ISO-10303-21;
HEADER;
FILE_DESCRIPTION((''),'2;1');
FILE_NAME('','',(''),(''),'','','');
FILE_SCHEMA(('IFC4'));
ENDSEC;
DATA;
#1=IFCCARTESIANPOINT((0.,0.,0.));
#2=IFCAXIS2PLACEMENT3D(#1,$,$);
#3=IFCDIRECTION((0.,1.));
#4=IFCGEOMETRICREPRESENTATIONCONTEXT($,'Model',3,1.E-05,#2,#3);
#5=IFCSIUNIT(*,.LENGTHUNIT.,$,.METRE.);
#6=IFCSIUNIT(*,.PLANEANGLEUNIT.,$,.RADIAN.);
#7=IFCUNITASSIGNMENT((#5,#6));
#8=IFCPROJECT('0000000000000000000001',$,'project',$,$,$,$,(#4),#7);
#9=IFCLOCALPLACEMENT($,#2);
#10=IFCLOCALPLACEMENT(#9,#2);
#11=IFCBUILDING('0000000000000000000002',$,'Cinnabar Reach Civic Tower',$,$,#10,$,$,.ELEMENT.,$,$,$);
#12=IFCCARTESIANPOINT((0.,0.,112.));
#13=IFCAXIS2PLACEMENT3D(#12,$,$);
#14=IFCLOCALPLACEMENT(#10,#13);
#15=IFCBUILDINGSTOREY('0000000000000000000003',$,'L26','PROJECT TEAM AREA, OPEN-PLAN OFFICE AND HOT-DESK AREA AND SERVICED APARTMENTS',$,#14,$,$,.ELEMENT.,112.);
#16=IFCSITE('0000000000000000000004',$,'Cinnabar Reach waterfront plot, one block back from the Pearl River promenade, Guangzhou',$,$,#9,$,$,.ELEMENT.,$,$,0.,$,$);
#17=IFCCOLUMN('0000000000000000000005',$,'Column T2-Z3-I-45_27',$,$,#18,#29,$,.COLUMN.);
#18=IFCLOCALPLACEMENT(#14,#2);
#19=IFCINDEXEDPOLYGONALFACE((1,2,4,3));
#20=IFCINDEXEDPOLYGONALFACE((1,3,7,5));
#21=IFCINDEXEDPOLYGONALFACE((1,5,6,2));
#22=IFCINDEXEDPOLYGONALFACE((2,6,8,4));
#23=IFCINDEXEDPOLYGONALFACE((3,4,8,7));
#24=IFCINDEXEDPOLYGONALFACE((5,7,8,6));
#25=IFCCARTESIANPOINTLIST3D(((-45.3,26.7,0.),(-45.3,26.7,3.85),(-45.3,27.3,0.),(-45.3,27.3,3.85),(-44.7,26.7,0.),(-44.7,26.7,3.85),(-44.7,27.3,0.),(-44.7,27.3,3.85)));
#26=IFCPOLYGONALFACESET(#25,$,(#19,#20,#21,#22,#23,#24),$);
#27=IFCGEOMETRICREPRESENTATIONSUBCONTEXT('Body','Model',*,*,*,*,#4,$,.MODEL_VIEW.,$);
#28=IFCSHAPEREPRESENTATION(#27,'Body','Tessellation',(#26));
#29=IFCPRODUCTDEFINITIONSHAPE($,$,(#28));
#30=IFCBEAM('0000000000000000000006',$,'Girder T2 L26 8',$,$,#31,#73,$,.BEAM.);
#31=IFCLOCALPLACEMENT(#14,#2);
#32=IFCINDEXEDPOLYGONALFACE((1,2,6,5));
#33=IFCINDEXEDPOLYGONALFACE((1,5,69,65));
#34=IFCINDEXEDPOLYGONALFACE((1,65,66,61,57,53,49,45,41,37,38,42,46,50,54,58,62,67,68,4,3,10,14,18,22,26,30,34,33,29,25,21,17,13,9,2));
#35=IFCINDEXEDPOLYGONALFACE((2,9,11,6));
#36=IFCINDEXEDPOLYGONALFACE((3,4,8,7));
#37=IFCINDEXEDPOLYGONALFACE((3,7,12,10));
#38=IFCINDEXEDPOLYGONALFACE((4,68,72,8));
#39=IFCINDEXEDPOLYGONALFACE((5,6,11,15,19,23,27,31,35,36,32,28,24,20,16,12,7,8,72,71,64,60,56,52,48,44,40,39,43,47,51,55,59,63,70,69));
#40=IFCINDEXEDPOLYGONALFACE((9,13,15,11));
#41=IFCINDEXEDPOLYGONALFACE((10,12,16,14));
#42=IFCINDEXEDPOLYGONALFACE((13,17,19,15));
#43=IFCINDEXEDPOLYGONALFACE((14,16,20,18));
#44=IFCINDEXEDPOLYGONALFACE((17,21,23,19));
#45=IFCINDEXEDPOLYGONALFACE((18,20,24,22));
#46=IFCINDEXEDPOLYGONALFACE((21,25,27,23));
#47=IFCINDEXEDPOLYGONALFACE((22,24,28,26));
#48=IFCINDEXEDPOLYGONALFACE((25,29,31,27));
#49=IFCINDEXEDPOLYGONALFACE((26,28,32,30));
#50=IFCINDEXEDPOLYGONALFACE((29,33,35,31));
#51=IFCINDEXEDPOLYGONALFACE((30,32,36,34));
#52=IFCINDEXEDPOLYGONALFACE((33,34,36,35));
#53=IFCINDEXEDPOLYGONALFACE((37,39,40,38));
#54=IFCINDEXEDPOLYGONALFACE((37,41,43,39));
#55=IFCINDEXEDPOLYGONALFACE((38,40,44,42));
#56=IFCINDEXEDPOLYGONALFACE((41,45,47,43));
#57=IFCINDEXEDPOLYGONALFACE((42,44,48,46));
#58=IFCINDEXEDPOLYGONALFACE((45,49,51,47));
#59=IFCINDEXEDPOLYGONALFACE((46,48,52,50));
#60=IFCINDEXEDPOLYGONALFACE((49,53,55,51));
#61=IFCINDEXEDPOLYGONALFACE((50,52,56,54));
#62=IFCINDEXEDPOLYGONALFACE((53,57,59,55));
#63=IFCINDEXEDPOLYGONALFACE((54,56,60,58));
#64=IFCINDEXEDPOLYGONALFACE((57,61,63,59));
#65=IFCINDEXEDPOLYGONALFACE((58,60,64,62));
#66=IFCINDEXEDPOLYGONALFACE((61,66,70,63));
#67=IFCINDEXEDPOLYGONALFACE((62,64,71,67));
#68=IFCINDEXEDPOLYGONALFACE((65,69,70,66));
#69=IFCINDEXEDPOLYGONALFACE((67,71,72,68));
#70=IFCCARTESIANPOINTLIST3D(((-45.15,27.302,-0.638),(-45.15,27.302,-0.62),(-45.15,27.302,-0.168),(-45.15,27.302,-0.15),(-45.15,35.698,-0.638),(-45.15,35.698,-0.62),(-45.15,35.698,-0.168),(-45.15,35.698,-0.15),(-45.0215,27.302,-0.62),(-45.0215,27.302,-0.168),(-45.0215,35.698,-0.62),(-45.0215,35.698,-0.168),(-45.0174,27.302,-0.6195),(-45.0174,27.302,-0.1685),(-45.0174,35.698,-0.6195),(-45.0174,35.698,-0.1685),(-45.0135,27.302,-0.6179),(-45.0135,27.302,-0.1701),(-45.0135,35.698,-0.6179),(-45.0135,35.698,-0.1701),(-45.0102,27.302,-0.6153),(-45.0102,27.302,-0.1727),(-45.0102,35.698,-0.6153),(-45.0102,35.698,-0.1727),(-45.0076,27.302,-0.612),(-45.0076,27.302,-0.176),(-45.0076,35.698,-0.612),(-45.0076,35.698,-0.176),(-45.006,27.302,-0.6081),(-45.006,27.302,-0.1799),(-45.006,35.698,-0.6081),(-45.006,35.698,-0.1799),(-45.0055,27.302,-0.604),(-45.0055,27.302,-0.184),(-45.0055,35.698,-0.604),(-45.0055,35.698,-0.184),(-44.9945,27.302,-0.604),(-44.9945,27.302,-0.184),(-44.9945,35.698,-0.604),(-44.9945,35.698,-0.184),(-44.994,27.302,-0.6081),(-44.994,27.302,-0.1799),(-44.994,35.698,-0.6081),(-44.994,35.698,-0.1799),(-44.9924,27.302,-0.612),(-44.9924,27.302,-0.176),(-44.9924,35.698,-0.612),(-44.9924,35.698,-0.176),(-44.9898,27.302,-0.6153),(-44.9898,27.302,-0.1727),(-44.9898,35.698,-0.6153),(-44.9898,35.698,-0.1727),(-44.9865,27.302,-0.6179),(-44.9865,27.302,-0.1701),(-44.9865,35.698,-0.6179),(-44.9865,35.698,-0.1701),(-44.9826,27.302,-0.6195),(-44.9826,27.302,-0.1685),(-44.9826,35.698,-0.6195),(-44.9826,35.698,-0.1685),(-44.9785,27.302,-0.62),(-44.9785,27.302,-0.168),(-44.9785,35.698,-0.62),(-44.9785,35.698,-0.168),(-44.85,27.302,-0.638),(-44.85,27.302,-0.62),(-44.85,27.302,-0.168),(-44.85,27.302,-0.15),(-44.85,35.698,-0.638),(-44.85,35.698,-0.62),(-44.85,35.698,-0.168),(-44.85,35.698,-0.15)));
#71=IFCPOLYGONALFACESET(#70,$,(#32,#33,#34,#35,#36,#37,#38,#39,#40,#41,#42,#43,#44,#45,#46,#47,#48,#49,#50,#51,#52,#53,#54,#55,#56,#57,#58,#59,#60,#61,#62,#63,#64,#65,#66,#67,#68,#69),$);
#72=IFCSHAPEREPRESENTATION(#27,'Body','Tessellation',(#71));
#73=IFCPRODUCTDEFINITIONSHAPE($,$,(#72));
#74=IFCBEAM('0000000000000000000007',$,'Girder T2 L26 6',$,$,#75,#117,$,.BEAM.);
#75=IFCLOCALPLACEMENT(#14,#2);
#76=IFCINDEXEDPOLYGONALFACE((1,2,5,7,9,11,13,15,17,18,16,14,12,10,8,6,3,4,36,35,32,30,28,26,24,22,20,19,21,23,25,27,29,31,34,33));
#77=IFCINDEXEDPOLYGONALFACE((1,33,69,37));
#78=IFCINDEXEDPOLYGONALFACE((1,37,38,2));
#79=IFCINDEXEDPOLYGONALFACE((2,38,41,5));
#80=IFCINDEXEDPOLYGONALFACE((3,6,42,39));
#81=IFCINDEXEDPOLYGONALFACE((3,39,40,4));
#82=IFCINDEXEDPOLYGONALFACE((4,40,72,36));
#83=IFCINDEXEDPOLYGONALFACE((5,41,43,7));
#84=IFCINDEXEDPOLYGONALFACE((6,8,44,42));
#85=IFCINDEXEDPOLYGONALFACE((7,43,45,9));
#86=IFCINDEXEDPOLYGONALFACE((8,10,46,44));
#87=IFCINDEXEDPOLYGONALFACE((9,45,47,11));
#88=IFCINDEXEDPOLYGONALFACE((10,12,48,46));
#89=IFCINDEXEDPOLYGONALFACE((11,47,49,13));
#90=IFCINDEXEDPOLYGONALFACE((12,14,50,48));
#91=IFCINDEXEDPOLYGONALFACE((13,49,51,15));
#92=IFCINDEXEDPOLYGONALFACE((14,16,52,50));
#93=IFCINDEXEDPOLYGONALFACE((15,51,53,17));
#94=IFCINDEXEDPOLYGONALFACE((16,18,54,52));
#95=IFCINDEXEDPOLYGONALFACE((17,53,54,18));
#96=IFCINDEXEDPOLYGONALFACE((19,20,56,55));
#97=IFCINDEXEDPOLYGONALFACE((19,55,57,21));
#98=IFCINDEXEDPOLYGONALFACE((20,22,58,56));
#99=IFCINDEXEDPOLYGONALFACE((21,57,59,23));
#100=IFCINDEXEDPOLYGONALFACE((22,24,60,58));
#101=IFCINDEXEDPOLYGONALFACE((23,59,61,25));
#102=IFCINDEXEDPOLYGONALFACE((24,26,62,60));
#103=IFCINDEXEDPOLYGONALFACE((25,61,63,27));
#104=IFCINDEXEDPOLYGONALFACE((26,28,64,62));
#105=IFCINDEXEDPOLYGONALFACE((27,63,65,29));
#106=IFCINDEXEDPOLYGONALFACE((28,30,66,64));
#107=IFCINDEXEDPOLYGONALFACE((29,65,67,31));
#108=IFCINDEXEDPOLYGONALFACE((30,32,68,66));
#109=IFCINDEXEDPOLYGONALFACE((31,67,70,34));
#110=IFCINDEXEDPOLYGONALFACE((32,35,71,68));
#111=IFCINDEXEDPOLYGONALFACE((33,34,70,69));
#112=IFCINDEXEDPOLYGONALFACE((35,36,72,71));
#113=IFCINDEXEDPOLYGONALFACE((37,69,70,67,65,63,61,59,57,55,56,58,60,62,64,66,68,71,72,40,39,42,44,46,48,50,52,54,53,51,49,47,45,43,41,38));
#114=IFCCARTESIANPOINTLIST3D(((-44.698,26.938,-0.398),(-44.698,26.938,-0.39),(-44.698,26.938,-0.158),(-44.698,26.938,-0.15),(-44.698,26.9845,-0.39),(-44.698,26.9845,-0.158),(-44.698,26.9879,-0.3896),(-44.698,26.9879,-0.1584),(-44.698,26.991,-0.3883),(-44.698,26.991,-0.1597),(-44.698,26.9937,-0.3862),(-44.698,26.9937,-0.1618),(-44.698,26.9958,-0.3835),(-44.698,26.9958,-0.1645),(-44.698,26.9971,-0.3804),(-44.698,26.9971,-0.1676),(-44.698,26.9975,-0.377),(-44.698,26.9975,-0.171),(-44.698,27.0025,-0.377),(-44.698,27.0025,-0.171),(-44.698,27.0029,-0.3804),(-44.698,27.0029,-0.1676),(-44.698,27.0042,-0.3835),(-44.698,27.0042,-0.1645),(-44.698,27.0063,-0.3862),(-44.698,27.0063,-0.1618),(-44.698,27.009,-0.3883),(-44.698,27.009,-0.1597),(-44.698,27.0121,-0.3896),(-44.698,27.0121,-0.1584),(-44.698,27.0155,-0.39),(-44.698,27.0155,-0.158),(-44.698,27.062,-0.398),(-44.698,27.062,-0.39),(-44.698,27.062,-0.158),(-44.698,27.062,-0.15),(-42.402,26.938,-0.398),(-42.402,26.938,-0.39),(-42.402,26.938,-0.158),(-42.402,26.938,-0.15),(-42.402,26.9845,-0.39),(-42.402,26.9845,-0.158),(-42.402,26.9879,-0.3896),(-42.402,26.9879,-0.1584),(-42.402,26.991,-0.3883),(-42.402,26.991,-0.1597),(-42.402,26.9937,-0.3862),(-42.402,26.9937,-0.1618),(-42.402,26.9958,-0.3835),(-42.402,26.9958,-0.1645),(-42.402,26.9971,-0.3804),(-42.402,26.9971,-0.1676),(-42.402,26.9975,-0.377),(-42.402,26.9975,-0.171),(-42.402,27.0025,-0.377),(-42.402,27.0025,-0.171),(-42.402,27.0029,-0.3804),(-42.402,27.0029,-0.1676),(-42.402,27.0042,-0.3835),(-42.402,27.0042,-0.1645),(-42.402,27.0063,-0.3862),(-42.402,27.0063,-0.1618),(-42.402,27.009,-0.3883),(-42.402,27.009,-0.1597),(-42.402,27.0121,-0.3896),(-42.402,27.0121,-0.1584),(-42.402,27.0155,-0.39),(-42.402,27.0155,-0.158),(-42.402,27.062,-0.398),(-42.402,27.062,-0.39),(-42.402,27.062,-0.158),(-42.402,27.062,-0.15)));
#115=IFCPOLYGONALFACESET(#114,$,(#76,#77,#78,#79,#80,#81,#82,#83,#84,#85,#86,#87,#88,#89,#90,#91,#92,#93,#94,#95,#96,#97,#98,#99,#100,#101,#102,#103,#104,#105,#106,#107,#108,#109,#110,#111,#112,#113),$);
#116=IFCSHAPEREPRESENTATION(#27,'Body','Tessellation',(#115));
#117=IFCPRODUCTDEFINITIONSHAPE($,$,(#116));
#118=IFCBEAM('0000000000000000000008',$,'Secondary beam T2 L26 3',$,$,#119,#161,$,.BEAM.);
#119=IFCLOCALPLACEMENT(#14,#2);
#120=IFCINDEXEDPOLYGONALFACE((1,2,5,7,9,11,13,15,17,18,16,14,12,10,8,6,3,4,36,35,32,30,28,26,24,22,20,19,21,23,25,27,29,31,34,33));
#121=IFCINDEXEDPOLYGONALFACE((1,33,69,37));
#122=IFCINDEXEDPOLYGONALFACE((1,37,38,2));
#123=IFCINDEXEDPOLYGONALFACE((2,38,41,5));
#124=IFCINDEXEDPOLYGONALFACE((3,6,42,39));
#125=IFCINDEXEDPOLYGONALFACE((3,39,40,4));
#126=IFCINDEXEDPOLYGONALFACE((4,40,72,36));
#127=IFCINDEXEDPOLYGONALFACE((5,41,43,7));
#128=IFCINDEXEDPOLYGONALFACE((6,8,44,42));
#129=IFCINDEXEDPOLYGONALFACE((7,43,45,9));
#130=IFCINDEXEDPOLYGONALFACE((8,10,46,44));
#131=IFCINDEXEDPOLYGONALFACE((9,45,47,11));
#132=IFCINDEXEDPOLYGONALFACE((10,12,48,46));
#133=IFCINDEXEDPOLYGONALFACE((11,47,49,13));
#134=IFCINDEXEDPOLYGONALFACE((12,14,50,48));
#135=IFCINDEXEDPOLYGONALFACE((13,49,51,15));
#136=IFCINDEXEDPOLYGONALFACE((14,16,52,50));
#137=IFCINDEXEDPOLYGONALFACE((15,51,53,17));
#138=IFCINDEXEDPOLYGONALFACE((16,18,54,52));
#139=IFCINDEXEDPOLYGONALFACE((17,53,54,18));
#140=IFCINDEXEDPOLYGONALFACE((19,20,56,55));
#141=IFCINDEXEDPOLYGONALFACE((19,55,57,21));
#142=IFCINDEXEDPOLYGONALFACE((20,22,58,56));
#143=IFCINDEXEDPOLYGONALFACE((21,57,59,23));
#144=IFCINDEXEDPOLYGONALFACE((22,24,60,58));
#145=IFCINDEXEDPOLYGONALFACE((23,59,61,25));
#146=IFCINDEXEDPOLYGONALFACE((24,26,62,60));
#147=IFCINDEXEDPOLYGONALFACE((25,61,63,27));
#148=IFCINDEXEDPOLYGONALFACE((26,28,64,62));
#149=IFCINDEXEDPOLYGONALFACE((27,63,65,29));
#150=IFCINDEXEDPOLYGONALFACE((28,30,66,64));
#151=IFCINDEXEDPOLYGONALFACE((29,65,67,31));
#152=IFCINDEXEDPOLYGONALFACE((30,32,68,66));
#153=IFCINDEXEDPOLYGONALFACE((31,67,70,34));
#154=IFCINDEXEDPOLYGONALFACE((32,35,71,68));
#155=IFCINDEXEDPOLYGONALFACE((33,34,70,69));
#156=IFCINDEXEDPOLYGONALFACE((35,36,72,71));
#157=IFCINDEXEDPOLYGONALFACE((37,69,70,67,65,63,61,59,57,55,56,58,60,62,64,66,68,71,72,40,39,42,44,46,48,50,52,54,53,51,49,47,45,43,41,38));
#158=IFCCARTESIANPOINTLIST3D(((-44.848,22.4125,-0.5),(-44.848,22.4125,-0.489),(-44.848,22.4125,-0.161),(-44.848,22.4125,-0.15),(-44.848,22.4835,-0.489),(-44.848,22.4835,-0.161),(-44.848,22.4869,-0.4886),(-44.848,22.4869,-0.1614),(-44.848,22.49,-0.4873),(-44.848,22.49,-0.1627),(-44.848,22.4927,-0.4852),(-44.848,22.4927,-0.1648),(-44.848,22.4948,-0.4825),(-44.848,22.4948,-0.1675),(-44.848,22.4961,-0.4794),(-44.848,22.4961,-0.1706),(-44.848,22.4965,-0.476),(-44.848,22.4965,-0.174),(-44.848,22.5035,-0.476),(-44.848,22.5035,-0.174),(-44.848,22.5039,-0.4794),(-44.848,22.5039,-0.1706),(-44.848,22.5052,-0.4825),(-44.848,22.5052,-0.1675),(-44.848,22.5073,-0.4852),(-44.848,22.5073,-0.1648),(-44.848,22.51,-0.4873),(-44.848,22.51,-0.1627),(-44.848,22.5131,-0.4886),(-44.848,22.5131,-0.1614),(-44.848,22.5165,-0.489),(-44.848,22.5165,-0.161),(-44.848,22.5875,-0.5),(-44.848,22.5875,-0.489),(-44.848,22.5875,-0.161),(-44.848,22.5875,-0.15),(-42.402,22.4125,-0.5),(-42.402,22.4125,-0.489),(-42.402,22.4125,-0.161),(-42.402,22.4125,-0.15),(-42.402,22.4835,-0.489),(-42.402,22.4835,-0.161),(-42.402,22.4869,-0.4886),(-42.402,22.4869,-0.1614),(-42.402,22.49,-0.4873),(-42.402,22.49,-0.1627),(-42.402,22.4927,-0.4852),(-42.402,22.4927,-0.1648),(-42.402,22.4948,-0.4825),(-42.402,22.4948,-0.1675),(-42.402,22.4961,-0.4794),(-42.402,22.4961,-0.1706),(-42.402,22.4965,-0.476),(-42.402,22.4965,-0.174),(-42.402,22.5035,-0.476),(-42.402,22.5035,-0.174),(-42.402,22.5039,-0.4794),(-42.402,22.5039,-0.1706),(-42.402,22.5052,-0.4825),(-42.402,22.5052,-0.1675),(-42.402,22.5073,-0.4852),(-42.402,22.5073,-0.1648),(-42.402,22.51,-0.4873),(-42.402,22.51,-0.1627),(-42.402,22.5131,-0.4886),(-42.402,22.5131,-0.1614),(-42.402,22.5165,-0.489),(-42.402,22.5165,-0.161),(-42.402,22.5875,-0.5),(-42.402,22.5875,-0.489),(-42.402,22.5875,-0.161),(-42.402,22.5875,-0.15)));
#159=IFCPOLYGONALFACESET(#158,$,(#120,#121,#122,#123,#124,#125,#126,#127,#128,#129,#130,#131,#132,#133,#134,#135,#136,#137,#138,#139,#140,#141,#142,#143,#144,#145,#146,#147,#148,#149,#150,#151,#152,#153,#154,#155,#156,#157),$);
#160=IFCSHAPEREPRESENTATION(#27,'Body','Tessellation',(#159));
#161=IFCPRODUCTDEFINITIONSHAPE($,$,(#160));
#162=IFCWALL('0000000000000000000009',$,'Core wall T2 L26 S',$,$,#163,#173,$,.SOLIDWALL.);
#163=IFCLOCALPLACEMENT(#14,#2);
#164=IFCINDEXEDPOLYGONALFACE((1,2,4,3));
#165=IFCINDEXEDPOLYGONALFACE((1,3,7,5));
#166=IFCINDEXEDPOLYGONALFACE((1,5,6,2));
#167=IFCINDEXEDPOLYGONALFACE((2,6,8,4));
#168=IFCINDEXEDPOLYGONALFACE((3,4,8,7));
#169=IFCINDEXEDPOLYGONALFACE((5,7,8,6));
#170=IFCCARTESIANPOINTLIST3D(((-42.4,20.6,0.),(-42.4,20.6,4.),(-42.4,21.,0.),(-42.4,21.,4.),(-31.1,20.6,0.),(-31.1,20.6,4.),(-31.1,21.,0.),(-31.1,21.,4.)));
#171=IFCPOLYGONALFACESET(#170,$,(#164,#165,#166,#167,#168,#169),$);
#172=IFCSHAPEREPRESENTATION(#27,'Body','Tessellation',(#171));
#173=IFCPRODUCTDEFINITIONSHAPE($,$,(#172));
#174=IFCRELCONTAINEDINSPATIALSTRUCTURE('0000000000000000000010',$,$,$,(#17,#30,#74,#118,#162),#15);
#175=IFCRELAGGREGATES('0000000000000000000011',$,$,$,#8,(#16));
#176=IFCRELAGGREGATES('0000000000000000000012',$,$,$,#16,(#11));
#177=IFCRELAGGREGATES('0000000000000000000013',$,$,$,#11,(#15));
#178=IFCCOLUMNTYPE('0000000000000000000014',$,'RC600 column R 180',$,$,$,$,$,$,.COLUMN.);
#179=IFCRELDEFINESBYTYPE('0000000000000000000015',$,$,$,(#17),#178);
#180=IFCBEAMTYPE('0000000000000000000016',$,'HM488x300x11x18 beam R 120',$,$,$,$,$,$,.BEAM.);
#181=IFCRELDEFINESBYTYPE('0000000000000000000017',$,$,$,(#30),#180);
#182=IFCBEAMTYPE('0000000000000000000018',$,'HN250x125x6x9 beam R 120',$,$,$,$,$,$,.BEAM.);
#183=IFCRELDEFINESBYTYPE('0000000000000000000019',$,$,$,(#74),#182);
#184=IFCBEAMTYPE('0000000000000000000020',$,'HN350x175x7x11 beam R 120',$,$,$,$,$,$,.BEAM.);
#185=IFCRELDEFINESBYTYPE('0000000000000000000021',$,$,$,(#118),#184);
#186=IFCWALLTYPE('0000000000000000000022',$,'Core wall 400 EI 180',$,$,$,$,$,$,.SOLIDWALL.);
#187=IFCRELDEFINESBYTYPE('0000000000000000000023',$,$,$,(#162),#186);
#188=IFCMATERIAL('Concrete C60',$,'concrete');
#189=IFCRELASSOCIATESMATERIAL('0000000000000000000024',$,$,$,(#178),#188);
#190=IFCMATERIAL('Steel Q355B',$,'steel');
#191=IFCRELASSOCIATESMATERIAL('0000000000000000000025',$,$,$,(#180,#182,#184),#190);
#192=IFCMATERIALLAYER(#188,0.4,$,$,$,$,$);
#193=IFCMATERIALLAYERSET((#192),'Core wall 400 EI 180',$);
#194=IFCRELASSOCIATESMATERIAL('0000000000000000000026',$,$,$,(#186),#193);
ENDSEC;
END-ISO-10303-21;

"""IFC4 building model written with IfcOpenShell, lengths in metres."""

from ifc_helpers import new_model, si_unit, direction, frame, frame_2d, origin, origin_2d, place, context, subcontext, project, spatial, rectangle, i_section, extrude, material, layer, layer_set, material_profile, profile_set, type_object, element, save


model = new_model("IFC4")

# Units and contexts
model_context = context("Model", 3, precision=1e-05, world=origin(), true_north=direction((0.0, 1.0)))
body_context = subcontext(model_context, "Body", "Model", "MODEL_VIEW")
ifc_project = project(units=[si_unit("LENGTHUNIT", "METRE"), si_unit("PLANEANGLEUNIT", "RADIAN")], contexts=[model_context])

# Site, building, storey
site_placement = place(None, origin())
site = spatial("IfcSite", under=ifc_project, at=site_placement, Name="Cinnabar Reach waterfront plot, one block back from the Pearl River promenade, Guangzhou", CompositionType="ELEMENT", RefElevation=0.0)
building_placement = place(site_placement, origin())
building = spatial("IfcBuilding", under=site, at=building_placement, Name="Cinnabar Reach Civic Tower", CompositionType="ELEMENT")
storey_placement = place(building_placement, frame((0.0, 0.0, 112.0)))
storey = spatial("IfcBuildingStorey", under=building, at=storey_placement, Name="L26", Description="PROJECT TEAM AREA, OPEN-PLAN OFFICE AND HOT-DESK AREA AND SERVICED APARTMENTS", CompositionType="ELEMENT", Elevation=112.0)

# Column
ifc_material_1 = material(Name="Concrete C60", Category="concrete")
ifc_material_profile_1 = material_profile(ifc_material_1, rectangle(XDim=0.6, YDim=0.6, at=origin_2d()), Name="RC600")
ifc_profile_set_1 = profile_set([ifc_material_profile_1], Name="Concrete C60")
column_type = type_object("IfcColumnType", Name="RC600 column R 180", PredefinedType="COLUMN", material=ifc_profile_set_1)
column_placement = place(storey_placement, frame((-45.0, 27.0, 0.0), z_axis=(0.0, 0.0, 1.0), x_axis=(1.0, 0.0, 0.0)))
element("IfcColumn", 1, at=column_placement, inside=storey, type_object=column_type, Name="Column T2-Z3-I-45_27", PredefinedType="COLUMN", context=body_context, shape_type="SweptSolid", body=[
    extrude(rectangle(XDim=0.6, YDim=0.6, at=origin_2d()), origin(), (0.0, 0.0, 1.0), 3.85),
])

# Beams
ifc_material_2 = material(Name="Steel Q355B", Category="steel")
ifc_material_profile_2 = material_profile(ifc_material_2, i_section(OverallWidth=0.3, OverallDepth=0.488, WebThickness=0.011, FlangeThickness=0.018, FilletRadius=0.016, at=origin_2d()), Name="HM488x300x11x18")
ifc_profile_set_2 = profile_set([ifc_material_profile_2], Name="Steel Q355B")
beam_type_1 = type_object("IfcBeamType", Name="HM488x300x11x18 beam R 120", PredefinedType="BEAM", material=ifc_profile_set_2)
beam_1_placement = place(storey_placement, frame((-45.0, 27.302, -0.394), z_axis=(0.0, 1.0, 0.0), x_axis=(-1.0, 0.0, 0.0)))
element("IfcBeam", 2, at=beam_1_placement, inside=storey, type_object=beam_type_1, Name="Girder T2 L26 8", PredefinedType="BEAM", context=body_context, shape_type="SweptSolid", body=[
    extrude(i_section(OverallWidth=0.3, OverallDepth=0.488, WebThickness=0.011, FlangeThickness=0.018, FilletRadius=0.016, at=origin_2d()), origin(), (0.0, 0.0, 1.0), 8.396),
])
ifc_material_profile_3 = material_profile(ifc_material_2, i_section(OverallWidth=0.124, OverallDepth=0.248, WebThickness=0.005, FlangeThickness=0.008, FilletRadius=0.013, at=origin_2d()), Name="HN250x125x6x9")
ifc_profile_set_3 = profile_set([ifc_material_profile_3], Name="Steel Q355B")
beam_type_2 = type_object("IfcBeamType", Name="HN250x125x6x9 beam R 120", PredefinedType="BEAM", material=ifc_profile_set_3)
beam_2_placement = place(storey_placement, frame((-44.698, 27.0, -0.274), z_axis=(1.0, 0.0, 0.0), x_axis=(0.0, 1.0, 0.0)))
element("IfcBeam", 3, at=beam_2_placement, inside=storey, type_object=beam_type_2, Name="Girder T2 L26 6", PredefinedType="BEAM", context=body_context, shape_type="SweptSolid", body=[
    extrude(i_section(OverallWidth=0.124, OverallDepth=0.248, WebThickness=0.005, FlangeThickness=0.008, FilletRadius=0.013, at=origin_2d()), origin(), (0.0, 0.0, 1.0), 2.296),
])
ifc_material_profile_4 = material_profile(ifc_material_2, i_section(OverallWidth=0.175, OverallDepth=0.35, WebThickness=0.007, FlangeThickness=0.011, FilletRadius=0.013, at=origin_2d()), Name="HN350x175x7x11")
ifc_profile_set_4 = profile_set([ifc_material_profile_4], Name="Steel Q355B")
beam_type_3 = type_object("IfcBeamType", Name="HN350x175x7x11 beam R 120", PredefinedType="BEAM", material=ifc_profile_set_4)
beam_3_placement = place(storey_placement, frame((-44.848, 22.5, -0.325), z_axis=(1.0, 0.0, 0.0), x_axis=(0.0, 1.0, 0.0)))
element("IfcBeam", 4, at=beam_3_placement, inside=storey, type_object=beam_type_3, Name="Secondary beam T2 L26 3", PredefinedType="BEAM", context=body_context, shape_type="SweptSolid", body=[
    extrude(i_section(OverallWidth=0.175, OverallDepth=0.35, WebThickness=0.007, FlangeThickness=0.011, FilletRadius=0.013, at=origin_2d()), origin(), (0.0, 0.0, 1.0), 2.446),
])

# Wall
ifc_layer_1 = layer(ifc_material_1, 0.4)
ifc_layer_set_1 = layer_set([ifc_layer_1], Name="Core wall 400 EI 180")
wall_type_1 = type_object("IfcWallType", Name="Core wall 400 EI 180", PredefinedType="SOLIDWALL", material=ifc_layer_set_1)
wall_1_placement = place(storey_placement, frame((-42.4, 20.8, 0.0), z_axis=(0.0, 0.0, 1.0), x_axis=(1.0, 0.0, 0.0)))
element("IfcWall", 5, at=wall_1_placement, inside=storey, type_object=wall_type_1, Name="Core wall T2 L26 S", PredefinedType="SOLIDWALL", context=body_context, shape_type="SweptSolid", body=[
    extrude(rectangle(XDim=11.3, YDim=0.4, at=frame_2d((5.65, 0.0))), origin(), (0.0, 0.0, 1.0), 4.0),
])

save(model, "model.ifc")
